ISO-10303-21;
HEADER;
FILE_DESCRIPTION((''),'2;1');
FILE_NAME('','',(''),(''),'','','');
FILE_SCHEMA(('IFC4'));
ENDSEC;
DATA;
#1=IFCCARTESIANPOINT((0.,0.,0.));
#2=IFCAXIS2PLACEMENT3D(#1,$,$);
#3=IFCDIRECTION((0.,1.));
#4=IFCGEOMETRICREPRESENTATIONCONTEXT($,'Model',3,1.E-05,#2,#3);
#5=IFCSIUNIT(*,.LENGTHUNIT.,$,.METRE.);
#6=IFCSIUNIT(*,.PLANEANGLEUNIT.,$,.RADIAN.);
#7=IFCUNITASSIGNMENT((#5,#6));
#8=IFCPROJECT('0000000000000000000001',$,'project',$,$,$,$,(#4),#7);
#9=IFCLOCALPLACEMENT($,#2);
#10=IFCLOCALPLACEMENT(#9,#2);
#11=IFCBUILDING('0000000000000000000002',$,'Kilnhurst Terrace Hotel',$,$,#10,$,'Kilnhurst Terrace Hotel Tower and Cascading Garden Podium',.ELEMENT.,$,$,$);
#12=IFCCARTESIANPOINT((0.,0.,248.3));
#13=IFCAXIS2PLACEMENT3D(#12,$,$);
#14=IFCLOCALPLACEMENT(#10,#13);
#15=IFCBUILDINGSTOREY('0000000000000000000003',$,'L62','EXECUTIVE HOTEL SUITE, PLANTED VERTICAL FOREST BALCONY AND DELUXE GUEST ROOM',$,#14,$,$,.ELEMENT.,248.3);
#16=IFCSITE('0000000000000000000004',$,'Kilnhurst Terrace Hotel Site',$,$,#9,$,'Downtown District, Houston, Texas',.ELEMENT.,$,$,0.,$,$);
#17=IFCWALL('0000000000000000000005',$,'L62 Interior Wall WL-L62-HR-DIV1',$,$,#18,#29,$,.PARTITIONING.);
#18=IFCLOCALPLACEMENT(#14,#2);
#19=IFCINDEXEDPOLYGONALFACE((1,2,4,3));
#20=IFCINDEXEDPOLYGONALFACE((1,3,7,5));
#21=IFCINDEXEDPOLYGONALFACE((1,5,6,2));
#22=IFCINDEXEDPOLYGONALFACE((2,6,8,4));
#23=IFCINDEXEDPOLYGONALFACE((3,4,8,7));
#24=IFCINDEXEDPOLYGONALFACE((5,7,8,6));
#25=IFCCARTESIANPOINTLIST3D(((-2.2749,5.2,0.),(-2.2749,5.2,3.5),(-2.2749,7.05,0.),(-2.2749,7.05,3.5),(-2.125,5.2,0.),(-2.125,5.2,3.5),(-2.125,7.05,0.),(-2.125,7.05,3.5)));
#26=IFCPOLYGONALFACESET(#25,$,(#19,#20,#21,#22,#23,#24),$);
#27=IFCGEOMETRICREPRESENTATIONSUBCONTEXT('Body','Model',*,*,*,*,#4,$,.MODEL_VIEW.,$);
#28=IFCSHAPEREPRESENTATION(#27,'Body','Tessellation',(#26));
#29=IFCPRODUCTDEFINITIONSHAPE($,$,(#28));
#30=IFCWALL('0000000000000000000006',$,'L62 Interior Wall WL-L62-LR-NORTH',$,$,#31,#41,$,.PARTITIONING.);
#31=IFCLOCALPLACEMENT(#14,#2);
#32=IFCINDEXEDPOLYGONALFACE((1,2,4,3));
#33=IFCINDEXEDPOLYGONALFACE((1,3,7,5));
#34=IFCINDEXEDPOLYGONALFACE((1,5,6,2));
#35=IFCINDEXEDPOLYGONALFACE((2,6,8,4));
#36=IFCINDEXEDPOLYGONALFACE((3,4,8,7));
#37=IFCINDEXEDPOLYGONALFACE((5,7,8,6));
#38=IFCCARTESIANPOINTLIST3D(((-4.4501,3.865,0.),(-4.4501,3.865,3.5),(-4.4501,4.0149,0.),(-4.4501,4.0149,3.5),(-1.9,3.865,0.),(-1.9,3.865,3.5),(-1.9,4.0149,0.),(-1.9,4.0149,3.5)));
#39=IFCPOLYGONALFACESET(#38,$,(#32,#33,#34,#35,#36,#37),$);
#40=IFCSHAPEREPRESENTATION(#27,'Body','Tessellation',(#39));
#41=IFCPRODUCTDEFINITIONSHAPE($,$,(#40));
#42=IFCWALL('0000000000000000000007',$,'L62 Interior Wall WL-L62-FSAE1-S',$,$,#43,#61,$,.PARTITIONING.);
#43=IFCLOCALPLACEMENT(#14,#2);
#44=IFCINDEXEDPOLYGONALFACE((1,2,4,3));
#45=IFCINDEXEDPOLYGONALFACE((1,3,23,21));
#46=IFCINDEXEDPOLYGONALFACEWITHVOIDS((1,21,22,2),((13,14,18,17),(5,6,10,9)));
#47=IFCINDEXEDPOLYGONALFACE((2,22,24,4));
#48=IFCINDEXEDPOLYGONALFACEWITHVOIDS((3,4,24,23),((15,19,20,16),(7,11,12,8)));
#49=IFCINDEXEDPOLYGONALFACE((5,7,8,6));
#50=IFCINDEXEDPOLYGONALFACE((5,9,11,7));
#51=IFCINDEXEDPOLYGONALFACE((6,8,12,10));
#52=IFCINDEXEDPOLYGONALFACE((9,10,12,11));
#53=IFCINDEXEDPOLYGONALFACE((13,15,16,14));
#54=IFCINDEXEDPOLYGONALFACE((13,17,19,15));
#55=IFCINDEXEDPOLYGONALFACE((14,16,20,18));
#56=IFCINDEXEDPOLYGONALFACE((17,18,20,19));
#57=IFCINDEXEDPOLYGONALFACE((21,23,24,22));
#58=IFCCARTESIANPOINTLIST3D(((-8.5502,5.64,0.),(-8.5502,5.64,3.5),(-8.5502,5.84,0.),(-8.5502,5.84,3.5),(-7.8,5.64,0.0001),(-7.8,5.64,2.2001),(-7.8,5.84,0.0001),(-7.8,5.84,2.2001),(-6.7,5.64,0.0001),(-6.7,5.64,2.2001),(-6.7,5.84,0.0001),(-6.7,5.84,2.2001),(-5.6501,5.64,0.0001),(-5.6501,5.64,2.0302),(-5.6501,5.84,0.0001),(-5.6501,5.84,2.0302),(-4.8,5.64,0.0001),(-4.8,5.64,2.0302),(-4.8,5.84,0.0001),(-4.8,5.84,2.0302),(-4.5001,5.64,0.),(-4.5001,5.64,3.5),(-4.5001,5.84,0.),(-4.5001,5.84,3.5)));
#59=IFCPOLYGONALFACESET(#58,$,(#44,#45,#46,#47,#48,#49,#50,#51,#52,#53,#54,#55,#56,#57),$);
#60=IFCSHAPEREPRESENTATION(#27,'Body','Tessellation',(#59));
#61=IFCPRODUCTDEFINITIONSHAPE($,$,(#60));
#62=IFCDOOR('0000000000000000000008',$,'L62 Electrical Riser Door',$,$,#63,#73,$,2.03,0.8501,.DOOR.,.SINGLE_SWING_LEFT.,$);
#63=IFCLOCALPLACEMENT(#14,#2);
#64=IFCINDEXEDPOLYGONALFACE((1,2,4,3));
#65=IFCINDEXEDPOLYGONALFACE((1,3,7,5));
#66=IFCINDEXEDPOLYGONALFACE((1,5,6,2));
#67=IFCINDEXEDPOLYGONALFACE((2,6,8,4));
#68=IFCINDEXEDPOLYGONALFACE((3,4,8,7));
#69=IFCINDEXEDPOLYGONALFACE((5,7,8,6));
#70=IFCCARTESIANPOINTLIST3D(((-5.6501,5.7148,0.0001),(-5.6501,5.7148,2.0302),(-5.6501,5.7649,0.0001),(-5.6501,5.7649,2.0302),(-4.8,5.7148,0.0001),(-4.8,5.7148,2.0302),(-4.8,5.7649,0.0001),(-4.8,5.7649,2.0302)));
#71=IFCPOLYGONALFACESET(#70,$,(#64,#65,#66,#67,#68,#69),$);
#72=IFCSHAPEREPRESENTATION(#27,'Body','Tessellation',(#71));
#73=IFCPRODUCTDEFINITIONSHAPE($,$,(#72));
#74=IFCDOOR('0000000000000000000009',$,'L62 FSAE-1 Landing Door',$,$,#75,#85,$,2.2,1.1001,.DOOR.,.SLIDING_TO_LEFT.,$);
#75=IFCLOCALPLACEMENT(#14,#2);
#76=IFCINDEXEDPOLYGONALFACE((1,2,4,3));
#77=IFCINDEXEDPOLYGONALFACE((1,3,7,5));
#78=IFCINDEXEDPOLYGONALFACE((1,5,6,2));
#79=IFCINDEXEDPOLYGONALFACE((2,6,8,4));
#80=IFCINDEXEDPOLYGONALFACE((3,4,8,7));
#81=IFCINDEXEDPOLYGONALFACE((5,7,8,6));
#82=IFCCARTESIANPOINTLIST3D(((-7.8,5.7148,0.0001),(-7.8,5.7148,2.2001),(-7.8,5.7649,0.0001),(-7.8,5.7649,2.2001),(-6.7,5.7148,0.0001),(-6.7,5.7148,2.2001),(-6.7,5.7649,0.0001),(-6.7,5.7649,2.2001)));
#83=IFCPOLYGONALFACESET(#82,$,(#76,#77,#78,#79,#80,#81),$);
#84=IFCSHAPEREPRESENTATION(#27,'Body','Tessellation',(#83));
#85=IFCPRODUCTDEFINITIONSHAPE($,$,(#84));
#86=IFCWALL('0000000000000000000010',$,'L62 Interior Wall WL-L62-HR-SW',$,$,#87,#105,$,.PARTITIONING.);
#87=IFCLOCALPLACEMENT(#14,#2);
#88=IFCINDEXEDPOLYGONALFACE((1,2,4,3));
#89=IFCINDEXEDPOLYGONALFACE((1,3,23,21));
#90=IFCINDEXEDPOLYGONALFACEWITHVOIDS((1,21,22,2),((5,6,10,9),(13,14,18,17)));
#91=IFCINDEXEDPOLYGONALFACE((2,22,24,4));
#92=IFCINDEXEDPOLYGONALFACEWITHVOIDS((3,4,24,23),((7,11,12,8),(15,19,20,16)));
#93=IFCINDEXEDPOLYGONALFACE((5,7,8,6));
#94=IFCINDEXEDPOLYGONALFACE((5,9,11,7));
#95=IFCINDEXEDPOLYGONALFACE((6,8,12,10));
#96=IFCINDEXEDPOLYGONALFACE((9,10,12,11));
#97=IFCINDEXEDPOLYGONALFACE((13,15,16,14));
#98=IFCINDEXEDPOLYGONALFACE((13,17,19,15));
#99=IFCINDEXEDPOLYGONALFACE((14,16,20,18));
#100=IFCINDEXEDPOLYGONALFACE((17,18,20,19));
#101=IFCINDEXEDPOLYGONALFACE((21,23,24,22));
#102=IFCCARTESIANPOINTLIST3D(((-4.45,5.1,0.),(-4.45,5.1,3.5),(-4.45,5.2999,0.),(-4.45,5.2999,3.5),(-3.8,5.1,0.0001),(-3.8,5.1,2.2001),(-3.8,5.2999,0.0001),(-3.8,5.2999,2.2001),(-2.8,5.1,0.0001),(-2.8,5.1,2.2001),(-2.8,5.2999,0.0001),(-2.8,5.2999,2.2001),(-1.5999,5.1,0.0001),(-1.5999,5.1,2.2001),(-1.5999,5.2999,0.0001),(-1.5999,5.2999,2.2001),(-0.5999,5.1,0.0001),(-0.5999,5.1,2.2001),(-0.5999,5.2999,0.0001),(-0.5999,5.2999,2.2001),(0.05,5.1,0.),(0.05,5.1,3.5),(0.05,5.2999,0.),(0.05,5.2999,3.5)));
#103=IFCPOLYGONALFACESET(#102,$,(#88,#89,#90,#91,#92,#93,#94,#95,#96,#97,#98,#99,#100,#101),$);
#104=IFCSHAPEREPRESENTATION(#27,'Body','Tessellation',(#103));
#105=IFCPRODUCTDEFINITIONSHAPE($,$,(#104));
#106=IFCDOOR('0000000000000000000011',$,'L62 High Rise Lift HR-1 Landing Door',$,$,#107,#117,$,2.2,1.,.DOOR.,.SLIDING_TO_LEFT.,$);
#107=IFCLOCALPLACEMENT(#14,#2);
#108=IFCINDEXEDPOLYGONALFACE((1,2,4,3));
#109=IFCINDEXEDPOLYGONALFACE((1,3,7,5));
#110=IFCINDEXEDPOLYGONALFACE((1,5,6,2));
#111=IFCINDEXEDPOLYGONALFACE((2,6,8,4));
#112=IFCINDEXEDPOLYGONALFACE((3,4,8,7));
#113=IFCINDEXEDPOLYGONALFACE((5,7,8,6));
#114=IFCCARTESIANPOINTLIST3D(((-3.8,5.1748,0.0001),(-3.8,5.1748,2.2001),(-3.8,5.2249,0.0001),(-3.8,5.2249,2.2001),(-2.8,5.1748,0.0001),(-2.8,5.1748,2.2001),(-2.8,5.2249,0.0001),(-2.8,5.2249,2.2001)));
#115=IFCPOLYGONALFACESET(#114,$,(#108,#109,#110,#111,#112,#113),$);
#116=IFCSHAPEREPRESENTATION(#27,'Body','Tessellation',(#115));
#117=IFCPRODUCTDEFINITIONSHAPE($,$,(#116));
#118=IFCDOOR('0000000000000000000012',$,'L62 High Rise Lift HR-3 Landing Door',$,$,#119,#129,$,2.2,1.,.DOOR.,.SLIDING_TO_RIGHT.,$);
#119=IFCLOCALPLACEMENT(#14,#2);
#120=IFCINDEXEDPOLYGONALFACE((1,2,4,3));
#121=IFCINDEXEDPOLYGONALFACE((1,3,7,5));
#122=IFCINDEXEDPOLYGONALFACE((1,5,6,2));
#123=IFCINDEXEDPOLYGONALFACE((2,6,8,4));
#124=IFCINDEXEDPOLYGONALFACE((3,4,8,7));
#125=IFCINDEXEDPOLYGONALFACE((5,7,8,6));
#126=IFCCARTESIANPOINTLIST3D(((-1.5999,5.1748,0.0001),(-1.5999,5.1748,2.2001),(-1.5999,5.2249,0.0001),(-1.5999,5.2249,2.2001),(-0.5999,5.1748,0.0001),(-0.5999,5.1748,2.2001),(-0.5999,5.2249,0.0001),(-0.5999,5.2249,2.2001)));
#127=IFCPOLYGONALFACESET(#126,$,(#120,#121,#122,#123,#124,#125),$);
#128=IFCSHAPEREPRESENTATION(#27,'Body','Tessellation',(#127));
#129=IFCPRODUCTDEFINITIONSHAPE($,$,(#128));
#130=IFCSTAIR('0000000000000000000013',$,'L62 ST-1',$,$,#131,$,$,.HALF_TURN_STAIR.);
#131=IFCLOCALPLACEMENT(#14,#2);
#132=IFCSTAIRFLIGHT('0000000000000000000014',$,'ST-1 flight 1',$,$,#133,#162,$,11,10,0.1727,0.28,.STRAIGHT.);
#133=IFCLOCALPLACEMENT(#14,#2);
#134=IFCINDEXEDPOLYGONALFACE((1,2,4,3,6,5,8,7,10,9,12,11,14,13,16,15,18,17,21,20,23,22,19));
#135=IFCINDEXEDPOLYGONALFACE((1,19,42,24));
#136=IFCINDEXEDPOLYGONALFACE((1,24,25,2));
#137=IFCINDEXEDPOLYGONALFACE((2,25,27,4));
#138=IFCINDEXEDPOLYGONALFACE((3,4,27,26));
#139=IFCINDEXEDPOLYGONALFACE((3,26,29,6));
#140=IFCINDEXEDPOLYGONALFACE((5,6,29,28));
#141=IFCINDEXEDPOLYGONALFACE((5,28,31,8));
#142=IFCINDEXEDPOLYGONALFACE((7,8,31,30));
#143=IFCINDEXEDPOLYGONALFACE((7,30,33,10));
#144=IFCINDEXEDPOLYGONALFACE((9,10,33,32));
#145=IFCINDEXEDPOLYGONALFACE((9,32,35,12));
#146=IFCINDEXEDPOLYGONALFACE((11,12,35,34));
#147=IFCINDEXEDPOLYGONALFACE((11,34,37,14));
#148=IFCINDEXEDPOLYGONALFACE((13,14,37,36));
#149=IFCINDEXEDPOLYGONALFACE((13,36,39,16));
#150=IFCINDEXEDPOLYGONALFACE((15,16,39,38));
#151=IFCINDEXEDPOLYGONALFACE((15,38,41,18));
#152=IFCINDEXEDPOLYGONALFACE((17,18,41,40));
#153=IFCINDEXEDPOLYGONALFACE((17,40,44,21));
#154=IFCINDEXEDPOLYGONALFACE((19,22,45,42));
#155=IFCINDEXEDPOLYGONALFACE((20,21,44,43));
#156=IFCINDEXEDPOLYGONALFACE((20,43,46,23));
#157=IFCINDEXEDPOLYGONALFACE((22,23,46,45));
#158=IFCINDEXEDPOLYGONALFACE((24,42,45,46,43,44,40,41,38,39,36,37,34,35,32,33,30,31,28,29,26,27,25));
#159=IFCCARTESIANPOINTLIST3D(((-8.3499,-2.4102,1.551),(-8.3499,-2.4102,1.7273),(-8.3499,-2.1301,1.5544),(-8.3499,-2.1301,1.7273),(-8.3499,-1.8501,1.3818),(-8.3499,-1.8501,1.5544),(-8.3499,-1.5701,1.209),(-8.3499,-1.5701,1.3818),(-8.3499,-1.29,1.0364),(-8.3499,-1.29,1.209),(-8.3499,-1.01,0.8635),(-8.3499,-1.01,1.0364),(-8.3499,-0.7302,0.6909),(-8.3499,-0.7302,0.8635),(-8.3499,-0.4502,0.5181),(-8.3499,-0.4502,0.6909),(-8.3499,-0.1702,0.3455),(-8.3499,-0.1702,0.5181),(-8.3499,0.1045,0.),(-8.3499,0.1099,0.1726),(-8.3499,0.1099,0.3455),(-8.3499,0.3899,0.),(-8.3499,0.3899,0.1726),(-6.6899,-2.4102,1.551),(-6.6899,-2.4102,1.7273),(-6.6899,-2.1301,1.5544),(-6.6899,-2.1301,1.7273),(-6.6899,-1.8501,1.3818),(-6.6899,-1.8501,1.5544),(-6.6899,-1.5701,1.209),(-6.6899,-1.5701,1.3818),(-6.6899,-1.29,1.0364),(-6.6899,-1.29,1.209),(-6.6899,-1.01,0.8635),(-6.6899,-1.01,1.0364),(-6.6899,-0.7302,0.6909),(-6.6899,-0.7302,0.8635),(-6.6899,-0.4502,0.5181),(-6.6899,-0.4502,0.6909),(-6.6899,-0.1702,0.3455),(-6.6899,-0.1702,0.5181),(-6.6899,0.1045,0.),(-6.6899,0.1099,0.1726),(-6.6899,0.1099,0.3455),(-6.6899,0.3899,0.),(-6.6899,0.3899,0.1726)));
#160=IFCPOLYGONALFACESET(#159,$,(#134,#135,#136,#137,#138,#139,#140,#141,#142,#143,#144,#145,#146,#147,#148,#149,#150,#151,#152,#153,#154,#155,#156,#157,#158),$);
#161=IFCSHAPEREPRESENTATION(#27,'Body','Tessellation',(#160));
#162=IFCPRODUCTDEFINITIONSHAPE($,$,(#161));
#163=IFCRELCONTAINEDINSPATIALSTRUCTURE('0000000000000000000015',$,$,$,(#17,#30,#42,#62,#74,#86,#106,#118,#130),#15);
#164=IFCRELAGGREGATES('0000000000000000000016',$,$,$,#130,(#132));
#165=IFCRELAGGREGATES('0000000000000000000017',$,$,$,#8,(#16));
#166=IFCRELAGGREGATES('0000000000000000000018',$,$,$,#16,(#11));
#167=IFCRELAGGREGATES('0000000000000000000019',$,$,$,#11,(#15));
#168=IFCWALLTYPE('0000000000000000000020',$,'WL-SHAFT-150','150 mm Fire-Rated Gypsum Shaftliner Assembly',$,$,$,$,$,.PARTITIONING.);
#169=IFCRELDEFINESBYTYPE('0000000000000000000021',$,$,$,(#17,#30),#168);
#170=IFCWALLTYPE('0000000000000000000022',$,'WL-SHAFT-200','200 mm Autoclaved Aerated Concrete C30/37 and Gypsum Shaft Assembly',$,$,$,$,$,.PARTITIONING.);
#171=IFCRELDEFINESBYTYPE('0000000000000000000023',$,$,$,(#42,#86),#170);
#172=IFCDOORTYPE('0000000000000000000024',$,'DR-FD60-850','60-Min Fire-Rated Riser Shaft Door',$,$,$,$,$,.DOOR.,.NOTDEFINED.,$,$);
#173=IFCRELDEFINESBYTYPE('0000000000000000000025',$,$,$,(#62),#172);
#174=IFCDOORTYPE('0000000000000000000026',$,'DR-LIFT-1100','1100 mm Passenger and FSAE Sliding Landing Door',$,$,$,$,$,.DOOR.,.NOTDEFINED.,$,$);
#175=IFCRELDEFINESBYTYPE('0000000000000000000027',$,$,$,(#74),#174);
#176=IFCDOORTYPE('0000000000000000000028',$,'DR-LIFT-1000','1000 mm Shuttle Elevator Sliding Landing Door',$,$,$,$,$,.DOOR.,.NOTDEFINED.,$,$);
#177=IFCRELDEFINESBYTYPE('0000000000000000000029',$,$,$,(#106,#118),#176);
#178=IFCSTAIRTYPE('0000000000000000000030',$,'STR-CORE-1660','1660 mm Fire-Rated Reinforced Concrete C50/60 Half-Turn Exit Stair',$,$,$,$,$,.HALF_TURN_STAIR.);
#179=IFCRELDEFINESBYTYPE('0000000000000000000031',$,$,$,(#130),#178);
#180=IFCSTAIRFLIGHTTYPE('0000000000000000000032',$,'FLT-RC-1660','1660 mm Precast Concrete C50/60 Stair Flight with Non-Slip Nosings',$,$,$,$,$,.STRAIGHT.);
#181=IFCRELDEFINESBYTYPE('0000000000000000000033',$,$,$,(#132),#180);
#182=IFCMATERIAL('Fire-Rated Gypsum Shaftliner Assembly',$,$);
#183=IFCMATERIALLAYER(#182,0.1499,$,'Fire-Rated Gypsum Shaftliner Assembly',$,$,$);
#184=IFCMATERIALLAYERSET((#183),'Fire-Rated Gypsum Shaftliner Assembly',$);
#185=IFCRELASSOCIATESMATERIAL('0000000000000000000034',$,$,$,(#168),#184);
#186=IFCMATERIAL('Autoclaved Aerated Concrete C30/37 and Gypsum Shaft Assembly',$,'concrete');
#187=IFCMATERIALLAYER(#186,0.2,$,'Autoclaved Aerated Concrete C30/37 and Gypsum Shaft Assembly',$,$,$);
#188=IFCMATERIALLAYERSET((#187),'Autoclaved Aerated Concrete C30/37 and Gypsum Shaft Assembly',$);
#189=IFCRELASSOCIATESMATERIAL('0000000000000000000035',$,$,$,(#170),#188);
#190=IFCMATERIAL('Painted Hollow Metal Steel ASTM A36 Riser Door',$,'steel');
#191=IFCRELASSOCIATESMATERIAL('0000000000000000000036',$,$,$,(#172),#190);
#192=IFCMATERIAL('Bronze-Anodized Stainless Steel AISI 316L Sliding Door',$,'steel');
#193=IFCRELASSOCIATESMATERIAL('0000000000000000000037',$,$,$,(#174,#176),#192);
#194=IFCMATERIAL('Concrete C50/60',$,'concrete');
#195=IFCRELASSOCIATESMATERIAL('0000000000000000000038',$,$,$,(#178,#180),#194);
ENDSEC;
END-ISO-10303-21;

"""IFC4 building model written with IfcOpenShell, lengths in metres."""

from ifc_helpers import new_model, si_unit, direction, frame, frame_2d, origin, place, context, subcontext, project, spatial, polyline, rectangle, outline, extrude, material, layer, layer_set, type_object, element, fill, aggregate, save


model = new_model("IFC4")

# Units and contexts
model_context = context("Model", 3, precision=1e-05, world=origin(), true_north=direction((0.0, 1.0)))
body_context = subcontext(model_context, "Body", "Model", "MODEL_VIEW")
ifc_project = project(units=[si_unit("LENGTHUNIT", "METRE"), si_unit("PLANEANGLEUNIT", "RADIAN")], contexts=[model_context])

# Site, building, storey
site_placement = place(None, origin())
site = spatial("IfcSite", under=ifc_project, at=site_placement, Name="Kilnhurst Terrace Hotel Site", LongName="Downtown District, Houston, Texas", CompositionType="ELEMENT", RefElevation=0.0)
building_placement = place(site_placement, origin())
building = spatial("IfcBuilding", under=site, at=building_placement, Name="Kilnhurst Terrace Hotel", LongName="Kilnhurst Terrace Hotel Tower and Cascading Garden Podium", CompositionType="ELEMENT")
storey_placement = place(building_placement, frame((0.0, 0.0, 248.3)))
storey = spatial("IfcBuildingStorey", under=building, at=storey_placement, Name="L62", Description="EXECUTIVE HOTEL SUITE, PLANTED VERTICAL FOREST BALCONY AND DELUXE GUEST ROOM", CompositionType="ELEMENT", Elevation=248.3)

# Shared definitions
ifc_material_1 = material(Name="Concrete C50/60", Category="concrete")

# Walls
ifc_material_2 = material(Name="Fire-Rated Gypsum Shaftliner Assembly")
ifc_layer_1 = layer(ifc_material_2, 0.1499, Name="Fire-Rated Gypsum Shaftliner Assembly")
ifc_layer_set_1 = layer_set([ifc_layer_1], Name="Fire-Rated Gypsum Shaftliner Assembly")
wall_type_1 = type_object("IfcWallType", Name="WL-SHAFT-150", Description="150 mm Fire-Rated Gypsum Shaftliner Assembly", PredefinedType="PARTITIONING", material=ifc_layer_set_1)
wall_1_placement = place(storey_placement, frame((-2.2, 5.2, 0.0), z_axis=(0.0, 0.0, 1.0), x_axis=(0.0, 1.0, 0.0)))
element("IfcWall", 1, at=wall_1_placement, inside=storey, type_object=wall_type_1, Name="L62 Interior Wall WL-L62-HR-DIV1", PredefinedType="PARTITIONING", context=body_context, shape_type="SweptSolid", body=[
    extrude(rectangle(XDim=1.8501, YDim=0.1499, at=frame_2d((0.925, 0.0))), origin(), (0.0, 0.0, 1.0), 3.5),
])
wall_2_placement = place(storey_placement, frame((-4.45, 3.9399, 0.0), z_axis=(0.0, 0.0, 1.0), x_axis=(1.0, 0.0, 0.0)))
element("IfcWall", 2, at=wall_2_placement, inside=storey, type_object=wall_type_1, Name="L62 Interior Wall WL-L62-LR-NORTH", PredefinedType="PARTITIONING", context=body_context, shape_type="SweptSolid", body=[
    extrude(rectangle(XDim=2.55, YDim=0.1499, at=frame_2d((1.2749, 0.0))), origin(), (0.0, 0.0, 1.0), 3.5),
])

# Walls, openings, doors
ifc_material_3 = material(Name="Autoclaved Aerated Concrete C30/37 and Gypsum Shaft Assembly", Category="concrete")
ifc_layer_2 = layer(ifc_material_3, 0.2, Name="Autoclaved Aerated Concrete C30/37 and Gypsum Shaft Assembly")
ifc_layer_set_2 = layer_set([ifc_layer_2], Name="Autoclaved Aerated Concrete C30/37 and Gypsum Shaft Assembly")
wall_type_2 = type_object("IfcWallType", Name="WL-SHAFT-200", Description="200 mm Autoclaved Aerated Concrete C30/37 and Gypsum Shaft Assembly", PredefinedType="PARTITIONING", material=ifc_layer_set_2)
wall_3_placement = place(storey_placement, frame((-8.55, 5.74, 0.0), z_axis=(0.0, 0.0, 1.0), x_axis=(1.0, 0.0, 0.0)))
wall_3 = element("IfcWall", 3, at=wall_3_placement, inside=storey, type_object=wall_type_2, Name="L62 Interior Wall WL-L62-FSAE1-S", PredefinedType="PARTITIONING", context=body_context, shape_type="SweptSolid", body=[
    extrude(rectangle(XDim=4.05, YDim=0.2, at=frame_2d((2.0249, 0.0))), origin(), (0.0, 0.0, 1.0), 3.5),
])
opening_1_placement = place(wall_3_placement, frame((0.75, 0.0, 0.0)))
opening_1 = element("IfcOpeningElement", 4, at=opening_1_placement, cuts=wall_3, PredefinedType="OPENING", context=body_context, shape_type="SweptSolid", body=[
    extrude(rectangle(XDim=1.1001, YDim=2.2, at=frame_2d((0.55, 1.1001))), frame((0.0, 0.1099, 0.0), z_axis=(0.0, -1.0, 0.0), x_axis=(1.0, 0.0, 0.0)), (0.0, 0.0, 1.0), 0.22),
])
opening_2_placement = place(wall_3_placement, frame((2.8999, 0.0, 0.0)))
opening_2 = element("IfcOpeningElement", 5, at=opening_2_placement, cuts=wall_3, PredefinedType="OPENING", context=body_context, shape_type="SweptSolid", body=[
    extrude(rectangle(XDim=0.8501, YDim=2.03, at=frame_2d((0.425, 1.0151))), frame((0.0, 0.1099, 0.0), z_axis=(0.0, -1.0, 0.0), x_axis=(1.0, 0.0, 0.0)), (0.0, 0.0, 1.0), 0.22),
])
ifc_material_4 = material(Name="Painted Hollow Metal Steel ASTM A36 Riser Door", Category="steel")
door_type_1 = type_object("IfcDoorType", Name="DR-FD60-850", Description="60-Min Fire-Rated Riser Shaft Door", OperationType="NOTDEFINED", PredefinedType="DOOR", material=ifc_material_4)
door_1_placement = place(opening_2_placement, origin())
door_1 = element("IfcDoor", 6, at=door_1_placement, inside=storey, type_object=door_type_1, Name="L62 Electrical Riser Door", OperationType="SINGLE_SWING_LEFT", OverallHeight=2.03, OverallWidth=0.8501, PredefinedType="DOOR", context=body_context, shape_type="SweptSolid", body=[
    extrude(rectangle(XDim=0.8501, YDim=2.03, at=frame_2d((0.425, 1.0151))), frame((0.0, 0.0249, 0.0), z_axis=(0.0, -1.0, 0.0), x_axis=(1.0, 0.0, 0.0)), (0.0, 0.0, 1.0), 0.05),
])
fill(opening_2, door_1)
ifc_material_5 = material(Name="Bronze-Anodized Stainless Steel AISI 316L Sliding Door", Category="steel")
door_type_2 = type_object("IfcDoorType", Name="DR-LIFT-1100", Description="1100 mm Passenger and FSAE Sliding Landing Door", OperationType="NOTDEFINED", PredefinedType="DOOR", material=ifc_material_5)
door_2_placement = place(opening_1_placement, origin())
door_2 = element("IfcDoor", 7, at=door_2_placement, inside=storey, type_object=door_type_2, Name="L62 FSAE-1 Landing Door", OperationType="SLIDING_TO_LEFT", OverallHeight=2.2, OverallWidth=1.1001, PredefinedType="DOOR", context=body_context, shape_type="SweptSolid", body=[
    extrude(rectangle(XDim=1.1001, YDim=2.2, at=frame_2d((0.55, 1.1001))), frame((0.0, 0.0249, 0.0), z_axis=(0.0, -1.0, 0.0), x_axis=(1.0, 0.0, 0.0)), (0.0, 0.0, 1.0), 0.05),
])
fill(opening_1, door_2)
wall_4_placement = place(storey_placement, frame((-4.45, 5.2, 0.0), z_axis=(0.0, 0.0, 1.0), x_axis=(1.0, 0.0, 0.0)))
wall_4 = element("IfcWall", 8, at=wall_4_placement, inside=storey, type_object=wall_type_2, Name="L62 Interior Wall WL-L62-HR-SW", PredefinedType="PARTITIONING", context=body_context, shape_type="SweptSolid", body=[
    extrude(rectangle(XDim=4.5, YDim=0.2, at=frame_2d((2.25, 0.0))), origin(), (0.0, 0.0, 1.0), 3.5),
])
opening_3_placement = place(wall_4_placement, frame((0.6499, 0.0, 0.0)))
opening_3 = element("IfcOpeningElement", 9, at=opening_3_placement, cuts=wall_4, PredefinedType="OPENING", context=body_context, shape_type="SweptSolid", body=[
    extrude(rectangle(XDim=1.0, YDim=2.2, at=frame_2d((0.5, 1.1001))), frame((0.0, 0.1099, 0.0), z_axis=(0.0, -1.0, 0.0), x_axis=(1.0, 0.0, 0.0)), (0.0, 0.0, 1.0), 0.22),
])
opening_4_placement = place(wall_4_placement, frame((2.8501, 0.0, 0.0)))
opening_4 = element("IfcOpeningElement", 10, at=opening_4_placement, cuts=wall_4, PredefinedType="OPENING", context=body_context, shape_type="SweptSolid", body=[
    extrude(rectangle(XDim=1.0, YDim=2.2, at=frame_2d((0.5, 1.1001))), frame((0.0, 0.1099, 0.0), z_axis=(0.0, -1.0, 0.0), x_axis=(1.0, 0.0, 0.0)), (0.0, 0.0, 1.0), 0.22),
])
door_type_3 = type_object("IfcDoorType", Name="DR-LIFT-1000", Description="1000 mm Shuttle Elevator Sliding Landing Door", OperationType="NOTDEFINED", PredefinedType="DOOR", material=ifc_material_5)
door_3_placement = place(opening_3_placement, origin())
door_3 = element("IfcDoor", 11, at=door_3_placement, inside=storey, type_object=door_type_3, Name="L62 High Rise Lift HR-1 Landing Door", OperationType="SLIDING_TO_LEFT", OverallHeight=2.2, OverallWidth=1.0, PredefinedType="DOOR", context=body_context, shape_type="SweptSolid", body=[
    extrude(rectangle(XDim=1.0, YDim=2.2, at=frame_2d((0.5, 1.1001))), frame((0.0, 0.0249, 0.0), z_axis=(0.0, -1.0, 0.0), x_axis=(1.0, 0.0, 0.0)), (0.0, 0.0, 1.0), 0.05),
])
fill(opening_3, door_3)
door_4_placement = place(opening_4_placement, origin())
door_4 = element("IfcDoor", 12, at=door_4_placement, inside=storey, type_object=door_type_3, Name="L62 High Rise Lift HR-3 Landing Door", OperationType="SLIDING_TO_RIGHT", OverallHeight=2.2, OverallWidth=1.0, PredefinedType="DOOR", context=body_context, shape_type="SweptSolid", body=[
    extrude(rectangle(XDim=1.0, YDim=2.2, at=frame_2d((0.5, 1.1001))), frame((0.0, 0.0249, 0.0), z_axis=(0.0, -1.0, 0.0), x_axis=(1.0, 0.0, 0.0)), (0.0, 0.0, 1.0), 0.05),
])
fill(opening_4, door_4)

# Stair, stair flight
stair_type = type_object("IfcStairType", Name="STR-CORE-1660", Description="1660 mm Fire-Rated Reinforced Concrete C50/60 Half-Turn Exit Stair", PredefinedType="HALF_TURN_STAIR", material=ifc_material_1)
stair_placement = place(storey_placement, origin())
stair = element("IfcStair", 13, at=stair_placement, inside=storey, type_object=stair_type, Name="L62 ST-1", PredefinedType="HALF_TURN_STAIR")
stair_flight_type = type_object("IfcStairFlightType", Name="FLT-RC-1660", Description="1660 mm Precast Concrete C50/60 Stair Flight with Non-Slip Nosings", PredefinedType="STRAIGHT", material=ifc_material_1)
stair_flight_placement = place(storey_placement, frame((-7.52, 0.3899, 0.0), z_axis=(0.0, 0.0, 1.0), x_axis=(0.0, -1.0, 0.0)))
stair_flight = element("IfcStairFlight", 14, at=stair_flight_placement, type_object=stair_flight_type, Name="ST-1 flight 1", NumberOfRisers=11, NumberOfTreads=10, PredefinedType="STRAIGHT", RiserHeight=0.1727, TreadLength=0.28, context=body_context, shape_type="SweptSolid", body=[
    extrude(outline(polyline([(0.0, 0.0), (0.0, 0.1726), (0.28, 0.1726), (0.28, 0.3455), (0.5601, 0.3455), (0.5601, 0.5181), (0.8401, 0.5181), (0.8401, 0.6909), (1.1201, 0.6909), (1.1201, 0.8635), (1.3999, 0.8635), (1.3999, 1.0364), (1.6799, 1.0364), (1.6799, 1.209), (1.96, 1.209), (1.96, 1.3818), (2.24, 1.3818), (2.24, 1.5544), (2.52, 1.5544), (2.52, 1.7273), (2.8, 1.7273), (2.8, 1.8999), (2.8, 1.551), (0.2854, 0.0), (0.0, 0.0)])), frame((0.0, 0.8301, 0.0), z_axis=(0.0, -1.0, 0.0), x_axis=(1.0, 0.0, 0.0)), (0.0, 0.0, 1.0), 1.6599),
])
aggregate(stair, [stair_flight])

save(model, "model.ifc")
